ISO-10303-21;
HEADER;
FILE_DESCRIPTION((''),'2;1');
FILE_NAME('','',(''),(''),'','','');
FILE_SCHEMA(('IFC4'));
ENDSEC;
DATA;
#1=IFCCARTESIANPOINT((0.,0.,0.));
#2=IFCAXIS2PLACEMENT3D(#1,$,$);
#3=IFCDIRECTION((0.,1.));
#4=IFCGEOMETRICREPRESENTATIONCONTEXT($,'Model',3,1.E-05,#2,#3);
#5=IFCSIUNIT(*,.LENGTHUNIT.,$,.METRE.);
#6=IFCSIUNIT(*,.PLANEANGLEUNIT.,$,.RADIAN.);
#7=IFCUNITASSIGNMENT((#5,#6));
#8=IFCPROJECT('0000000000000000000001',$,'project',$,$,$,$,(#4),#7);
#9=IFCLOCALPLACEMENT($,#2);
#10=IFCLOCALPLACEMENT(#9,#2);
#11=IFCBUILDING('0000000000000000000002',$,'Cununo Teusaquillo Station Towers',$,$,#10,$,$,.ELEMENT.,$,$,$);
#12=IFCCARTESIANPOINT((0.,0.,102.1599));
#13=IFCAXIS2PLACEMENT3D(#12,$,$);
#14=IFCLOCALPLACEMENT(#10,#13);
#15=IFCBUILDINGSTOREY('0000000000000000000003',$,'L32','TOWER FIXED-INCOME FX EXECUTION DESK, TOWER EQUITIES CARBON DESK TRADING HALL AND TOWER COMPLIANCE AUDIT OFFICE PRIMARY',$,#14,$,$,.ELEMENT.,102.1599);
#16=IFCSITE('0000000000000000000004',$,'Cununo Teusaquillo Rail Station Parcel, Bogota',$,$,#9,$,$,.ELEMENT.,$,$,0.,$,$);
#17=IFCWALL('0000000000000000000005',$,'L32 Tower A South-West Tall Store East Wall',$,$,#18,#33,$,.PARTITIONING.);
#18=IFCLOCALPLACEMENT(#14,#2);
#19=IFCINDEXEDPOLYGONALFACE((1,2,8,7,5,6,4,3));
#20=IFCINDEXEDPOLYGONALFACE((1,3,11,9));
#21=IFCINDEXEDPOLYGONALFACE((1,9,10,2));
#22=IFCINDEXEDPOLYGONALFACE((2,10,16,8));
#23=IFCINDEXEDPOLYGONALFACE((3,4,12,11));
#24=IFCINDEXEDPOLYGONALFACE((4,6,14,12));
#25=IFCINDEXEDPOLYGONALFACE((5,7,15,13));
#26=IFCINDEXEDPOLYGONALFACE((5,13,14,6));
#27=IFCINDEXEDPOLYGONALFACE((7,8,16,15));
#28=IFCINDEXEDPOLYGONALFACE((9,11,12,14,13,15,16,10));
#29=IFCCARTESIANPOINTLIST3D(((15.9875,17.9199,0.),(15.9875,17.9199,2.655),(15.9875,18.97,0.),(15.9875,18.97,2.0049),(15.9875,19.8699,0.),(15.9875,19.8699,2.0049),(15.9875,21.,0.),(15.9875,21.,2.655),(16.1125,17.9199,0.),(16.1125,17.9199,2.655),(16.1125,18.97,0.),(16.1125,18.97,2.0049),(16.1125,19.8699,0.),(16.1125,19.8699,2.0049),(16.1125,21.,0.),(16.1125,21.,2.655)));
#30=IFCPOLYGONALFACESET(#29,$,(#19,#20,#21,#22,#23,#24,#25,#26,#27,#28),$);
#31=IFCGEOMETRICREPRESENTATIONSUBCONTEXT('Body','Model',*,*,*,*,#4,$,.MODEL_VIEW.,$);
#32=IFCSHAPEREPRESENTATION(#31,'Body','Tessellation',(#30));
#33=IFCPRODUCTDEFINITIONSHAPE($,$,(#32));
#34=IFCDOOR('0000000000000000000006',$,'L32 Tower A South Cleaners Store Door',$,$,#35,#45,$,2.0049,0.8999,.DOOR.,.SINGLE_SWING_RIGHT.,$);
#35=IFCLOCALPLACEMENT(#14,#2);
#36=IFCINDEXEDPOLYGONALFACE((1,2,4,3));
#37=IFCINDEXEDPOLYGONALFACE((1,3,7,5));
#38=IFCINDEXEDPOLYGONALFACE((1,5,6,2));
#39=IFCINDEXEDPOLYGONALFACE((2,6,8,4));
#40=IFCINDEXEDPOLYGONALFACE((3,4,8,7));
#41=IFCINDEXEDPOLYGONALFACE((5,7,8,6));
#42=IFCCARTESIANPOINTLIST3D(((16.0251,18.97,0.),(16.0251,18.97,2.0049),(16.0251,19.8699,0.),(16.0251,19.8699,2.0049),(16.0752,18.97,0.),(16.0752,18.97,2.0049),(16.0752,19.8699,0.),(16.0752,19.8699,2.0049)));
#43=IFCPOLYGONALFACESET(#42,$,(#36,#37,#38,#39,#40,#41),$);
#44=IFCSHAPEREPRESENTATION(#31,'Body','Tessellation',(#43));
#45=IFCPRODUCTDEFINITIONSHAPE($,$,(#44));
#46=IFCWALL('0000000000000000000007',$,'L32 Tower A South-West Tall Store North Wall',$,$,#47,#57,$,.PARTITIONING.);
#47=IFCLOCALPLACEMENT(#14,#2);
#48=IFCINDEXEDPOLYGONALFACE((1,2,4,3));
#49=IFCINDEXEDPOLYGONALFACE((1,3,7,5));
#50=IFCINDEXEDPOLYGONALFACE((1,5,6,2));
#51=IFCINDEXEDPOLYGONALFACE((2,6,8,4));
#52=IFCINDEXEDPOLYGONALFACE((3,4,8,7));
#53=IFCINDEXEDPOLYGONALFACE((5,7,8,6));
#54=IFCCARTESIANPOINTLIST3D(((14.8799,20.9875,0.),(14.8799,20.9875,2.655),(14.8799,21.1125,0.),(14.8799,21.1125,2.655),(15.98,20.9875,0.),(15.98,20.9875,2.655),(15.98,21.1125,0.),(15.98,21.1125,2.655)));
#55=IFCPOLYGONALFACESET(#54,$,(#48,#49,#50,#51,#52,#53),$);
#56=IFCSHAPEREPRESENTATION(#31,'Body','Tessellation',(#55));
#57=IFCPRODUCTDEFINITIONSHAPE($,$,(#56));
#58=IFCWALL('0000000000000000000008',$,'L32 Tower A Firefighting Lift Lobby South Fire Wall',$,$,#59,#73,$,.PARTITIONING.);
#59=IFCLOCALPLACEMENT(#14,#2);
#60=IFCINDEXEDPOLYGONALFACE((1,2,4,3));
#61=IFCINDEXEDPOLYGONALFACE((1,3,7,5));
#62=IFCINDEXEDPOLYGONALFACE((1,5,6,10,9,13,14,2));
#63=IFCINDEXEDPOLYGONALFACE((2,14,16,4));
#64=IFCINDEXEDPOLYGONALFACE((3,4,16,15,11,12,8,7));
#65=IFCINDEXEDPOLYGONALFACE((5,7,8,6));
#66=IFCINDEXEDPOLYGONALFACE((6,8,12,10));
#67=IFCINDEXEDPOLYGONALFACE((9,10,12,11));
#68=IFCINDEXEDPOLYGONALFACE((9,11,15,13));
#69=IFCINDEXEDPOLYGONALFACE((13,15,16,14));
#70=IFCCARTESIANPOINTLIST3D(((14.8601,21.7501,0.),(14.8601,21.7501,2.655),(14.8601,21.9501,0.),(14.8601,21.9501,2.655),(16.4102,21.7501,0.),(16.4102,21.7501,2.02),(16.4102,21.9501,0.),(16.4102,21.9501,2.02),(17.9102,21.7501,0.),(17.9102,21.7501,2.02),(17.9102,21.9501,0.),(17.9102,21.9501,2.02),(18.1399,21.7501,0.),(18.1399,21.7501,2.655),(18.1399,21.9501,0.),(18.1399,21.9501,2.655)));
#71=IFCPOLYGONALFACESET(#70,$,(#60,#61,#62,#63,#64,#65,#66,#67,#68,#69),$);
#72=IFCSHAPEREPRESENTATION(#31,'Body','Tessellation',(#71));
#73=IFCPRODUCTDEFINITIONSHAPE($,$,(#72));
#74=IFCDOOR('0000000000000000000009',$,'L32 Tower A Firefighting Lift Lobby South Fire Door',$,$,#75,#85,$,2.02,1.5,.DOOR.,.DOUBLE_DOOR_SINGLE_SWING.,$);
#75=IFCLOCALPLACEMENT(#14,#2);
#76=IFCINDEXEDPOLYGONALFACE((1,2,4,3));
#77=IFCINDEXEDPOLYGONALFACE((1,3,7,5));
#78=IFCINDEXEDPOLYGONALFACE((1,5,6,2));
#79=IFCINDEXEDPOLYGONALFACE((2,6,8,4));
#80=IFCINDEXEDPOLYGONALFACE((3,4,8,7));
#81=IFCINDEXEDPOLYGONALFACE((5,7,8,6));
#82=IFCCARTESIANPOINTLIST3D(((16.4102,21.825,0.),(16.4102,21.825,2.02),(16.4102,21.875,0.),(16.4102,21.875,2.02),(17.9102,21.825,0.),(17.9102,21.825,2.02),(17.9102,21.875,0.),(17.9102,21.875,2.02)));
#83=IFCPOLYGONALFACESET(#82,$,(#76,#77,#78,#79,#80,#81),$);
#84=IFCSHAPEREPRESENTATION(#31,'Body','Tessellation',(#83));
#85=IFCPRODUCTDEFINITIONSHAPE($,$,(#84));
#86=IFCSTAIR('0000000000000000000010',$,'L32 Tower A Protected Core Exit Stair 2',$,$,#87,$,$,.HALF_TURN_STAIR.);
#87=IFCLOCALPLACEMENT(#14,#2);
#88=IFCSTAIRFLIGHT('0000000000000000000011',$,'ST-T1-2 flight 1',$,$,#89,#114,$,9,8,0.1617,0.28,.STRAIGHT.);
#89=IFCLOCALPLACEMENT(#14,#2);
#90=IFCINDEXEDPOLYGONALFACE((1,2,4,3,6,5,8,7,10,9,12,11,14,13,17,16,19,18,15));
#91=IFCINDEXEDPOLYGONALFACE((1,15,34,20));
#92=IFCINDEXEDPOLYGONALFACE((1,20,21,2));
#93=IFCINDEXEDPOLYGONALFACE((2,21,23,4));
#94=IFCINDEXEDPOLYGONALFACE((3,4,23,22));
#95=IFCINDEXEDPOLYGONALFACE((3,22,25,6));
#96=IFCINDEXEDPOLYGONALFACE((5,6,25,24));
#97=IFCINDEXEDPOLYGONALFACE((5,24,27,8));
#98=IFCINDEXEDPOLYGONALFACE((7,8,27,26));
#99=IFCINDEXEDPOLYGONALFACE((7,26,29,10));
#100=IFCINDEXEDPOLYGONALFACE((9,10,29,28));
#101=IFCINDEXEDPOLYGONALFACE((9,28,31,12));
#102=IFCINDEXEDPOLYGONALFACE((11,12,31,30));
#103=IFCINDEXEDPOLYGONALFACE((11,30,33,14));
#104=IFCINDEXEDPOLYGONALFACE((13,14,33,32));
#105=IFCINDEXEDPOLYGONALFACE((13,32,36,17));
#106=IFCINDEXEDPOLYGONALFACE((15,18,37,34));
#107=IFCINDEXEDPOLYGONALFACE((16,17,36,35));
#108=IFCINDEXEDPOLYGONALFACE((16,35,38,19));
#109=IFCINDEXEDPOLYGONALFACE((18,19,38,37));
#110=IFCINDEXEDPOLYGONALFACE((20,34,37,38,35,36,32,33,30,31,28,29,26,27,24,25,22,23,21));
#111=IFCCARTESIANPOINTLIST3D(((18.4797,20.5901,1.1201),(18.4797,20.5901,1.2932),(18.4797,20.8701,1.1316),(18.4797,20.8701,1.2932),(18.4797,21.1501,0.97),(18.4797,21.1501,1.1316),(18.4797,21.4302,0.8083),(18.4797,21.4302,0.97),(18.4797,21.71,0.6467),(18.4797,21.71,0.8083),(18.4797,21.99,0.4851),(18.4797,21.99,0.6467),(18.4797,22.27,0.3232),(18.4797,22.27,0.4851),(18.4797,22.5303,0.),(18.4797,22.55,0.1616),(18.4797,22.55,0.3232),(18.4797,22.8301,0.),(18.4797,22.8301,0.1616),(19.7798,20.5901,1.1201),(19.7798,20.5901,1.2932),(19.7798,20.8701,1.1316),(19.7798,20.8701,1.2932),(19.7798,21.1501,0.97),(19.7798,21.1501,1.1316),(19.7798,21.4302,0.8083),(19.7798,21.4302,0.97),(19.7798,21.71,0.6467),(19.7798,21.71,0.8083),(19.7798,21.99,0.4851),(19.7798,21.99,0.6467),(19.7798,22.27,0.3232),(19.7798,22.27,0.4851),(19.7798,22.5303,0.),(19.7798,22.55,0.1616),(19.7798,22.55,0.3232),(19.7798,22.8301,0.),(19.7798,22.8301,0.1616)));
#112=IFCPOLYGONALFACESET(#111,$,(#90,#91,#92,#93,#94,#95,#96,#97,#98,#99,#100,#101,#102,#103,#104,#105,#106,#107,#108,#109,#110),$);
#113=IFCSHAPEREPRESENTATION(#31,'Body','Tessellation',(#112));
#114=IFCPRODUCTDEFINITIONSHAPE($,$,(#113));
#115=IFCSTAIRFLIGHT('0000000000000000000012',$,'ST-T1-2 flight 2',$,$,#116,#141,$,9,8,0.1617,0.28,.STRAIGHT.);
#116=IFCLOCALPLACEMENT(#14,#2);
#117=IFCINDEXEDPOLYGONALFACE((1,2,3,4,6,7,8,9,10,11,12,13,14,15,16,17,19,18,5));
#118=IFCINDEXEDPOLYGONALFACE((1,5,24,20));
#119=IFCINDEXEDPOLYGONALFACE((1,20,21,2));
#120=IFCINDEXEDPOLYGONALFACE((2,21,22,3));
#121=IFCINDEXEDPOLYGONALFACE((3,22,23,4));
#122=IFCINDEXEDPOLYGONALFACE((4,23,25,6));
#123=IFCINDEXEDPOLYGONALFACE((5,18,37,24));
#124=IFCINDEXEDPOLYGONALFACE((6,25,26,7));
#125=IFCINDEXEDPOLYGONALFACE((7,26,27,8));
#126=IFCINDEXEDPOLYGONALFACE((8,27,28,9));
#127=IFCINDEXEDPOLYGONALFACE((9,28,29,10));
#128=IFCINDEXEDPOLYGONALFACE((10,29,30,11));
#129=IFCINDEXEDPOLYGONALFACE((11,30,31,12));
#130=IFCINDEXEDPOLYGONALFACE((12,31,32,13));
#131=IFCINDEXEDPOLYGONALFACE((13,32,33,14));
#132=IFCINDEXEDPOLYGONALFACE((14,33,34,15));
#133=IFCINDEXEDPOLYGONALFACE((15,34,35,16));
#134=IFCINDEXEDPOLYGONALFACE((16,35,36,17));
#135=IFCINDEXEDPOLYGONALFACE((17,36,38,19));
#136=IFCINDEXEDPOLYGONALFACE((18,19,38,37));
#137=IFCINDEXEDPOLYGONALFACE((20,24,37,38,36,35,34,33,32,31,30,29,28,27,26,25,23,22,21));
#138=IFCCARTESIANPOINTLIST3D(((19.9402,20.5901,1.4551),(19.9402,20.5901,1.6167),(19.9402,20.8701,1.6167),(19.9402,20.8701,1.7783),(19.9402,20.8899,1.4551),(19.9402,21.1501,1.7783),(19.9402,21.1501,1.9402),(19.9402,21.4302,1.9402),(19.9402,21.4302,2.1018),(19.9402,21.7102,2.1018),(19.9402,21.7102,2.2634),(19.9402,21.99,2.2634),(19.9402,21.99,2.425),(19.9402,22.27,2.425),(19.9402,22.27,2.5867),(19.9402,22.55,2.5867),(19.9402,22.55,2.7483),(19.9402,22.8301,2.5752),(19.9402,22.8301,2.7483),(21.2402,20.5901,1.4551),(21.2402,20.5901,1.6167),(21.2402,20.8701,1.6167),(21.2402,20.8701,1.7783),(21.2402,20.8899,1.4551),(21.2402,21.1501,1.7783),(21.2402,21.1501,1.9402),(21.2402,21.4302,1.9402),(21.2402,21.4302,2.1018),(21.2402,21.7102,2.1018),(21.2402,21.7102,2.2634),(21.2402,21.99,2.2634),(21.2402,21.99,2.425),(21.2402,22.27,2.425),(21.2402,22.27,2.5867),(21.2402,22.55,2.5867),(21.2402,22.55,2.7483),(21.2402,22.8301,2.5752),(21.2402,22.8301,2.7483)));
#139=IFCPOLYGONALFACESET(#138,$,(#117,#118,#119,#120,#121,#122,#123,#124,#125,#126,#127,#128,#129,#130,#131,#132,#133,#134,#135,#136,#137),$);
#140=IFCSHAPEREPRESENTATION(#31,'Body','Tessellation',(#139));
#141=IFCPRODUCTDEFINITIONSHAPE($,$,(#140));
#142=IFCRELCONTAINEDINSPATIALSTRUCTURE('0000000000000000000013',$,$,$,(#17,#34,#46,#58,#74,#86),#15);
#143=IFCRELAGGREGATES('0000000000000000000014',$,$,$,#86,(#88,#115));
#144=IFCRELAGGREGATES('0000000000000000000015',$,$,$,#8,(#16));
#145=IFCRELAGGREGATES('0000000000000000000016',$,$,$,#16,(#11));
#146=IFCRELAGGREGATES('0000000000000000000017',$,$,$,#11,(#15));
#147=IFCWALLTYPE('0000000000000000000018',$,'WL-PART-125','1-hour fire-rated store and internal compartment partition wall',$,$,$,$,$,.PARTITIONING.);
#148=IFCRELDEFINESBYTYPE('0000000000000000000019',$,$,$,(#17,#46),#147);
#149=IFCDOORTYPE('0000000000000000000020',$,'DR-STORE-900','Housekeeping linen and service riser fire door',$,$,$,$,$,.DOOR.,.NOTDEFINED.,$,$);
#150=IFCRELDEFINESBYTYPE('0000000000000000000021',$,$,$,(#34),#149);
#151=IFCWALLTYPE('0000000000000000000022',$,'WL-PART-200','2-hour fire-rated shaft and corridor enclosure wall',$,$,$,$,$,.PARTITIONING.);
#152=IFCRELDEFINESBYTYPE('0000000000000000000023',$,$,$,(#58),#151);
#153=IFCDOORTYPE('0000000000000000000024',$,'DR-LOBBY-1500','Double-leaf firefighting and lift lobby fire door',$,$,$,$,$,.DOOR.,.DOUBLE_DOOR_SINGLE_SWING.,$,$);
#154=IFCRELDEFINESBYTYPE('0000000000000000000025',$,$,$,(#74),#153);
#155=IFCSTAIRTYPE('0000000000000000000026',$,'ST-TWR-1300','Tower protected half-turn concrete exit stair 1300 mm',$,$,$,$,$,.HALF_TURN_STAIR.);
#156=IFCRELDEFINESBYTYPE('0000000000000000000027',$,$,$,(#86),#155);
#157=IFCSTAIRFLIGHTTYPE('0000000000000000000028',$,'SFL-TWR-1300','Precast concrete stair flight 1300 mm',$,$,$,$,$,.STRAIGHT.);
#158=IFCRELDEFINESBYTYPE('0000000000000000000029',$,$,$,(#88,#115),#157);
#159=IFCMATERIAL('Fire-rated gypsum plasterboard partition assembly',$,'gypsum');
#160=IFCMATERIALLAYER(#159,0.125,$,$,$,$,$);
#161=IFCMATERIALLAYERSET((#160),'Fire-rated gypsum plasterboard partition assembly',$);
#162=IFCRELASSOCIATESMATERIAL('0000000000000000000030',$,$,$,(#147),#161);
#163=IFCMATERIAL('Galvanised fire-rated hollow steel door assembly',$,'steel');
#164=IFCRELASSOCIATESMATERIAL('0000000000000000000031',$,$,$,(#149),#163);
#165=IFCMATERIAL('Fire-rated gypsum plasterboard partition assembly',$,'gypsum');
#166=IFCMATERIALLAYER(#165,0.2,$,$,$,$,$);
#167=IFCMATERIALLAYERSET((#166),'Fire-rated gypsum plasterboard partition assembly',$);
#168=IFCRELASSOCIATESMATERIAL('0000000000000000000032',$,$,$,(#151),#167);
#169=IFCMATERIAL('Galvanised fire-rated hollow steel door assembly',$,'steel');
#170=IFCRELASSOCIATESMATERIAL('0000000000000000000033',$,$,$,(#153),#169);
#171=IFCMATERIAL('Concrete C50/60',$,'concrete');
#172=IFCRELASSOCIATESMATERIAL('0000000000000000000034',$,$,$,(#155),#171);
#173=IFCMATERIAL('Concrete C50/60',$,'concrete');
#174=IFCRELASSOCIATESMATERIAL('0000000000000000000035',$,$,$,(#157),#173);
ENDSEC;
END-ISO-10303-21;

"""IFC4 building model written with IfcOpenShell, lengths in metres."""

from ifc_helpers import new_model, si_unit, direction, frame, frame_2d, origin, place, context, subcontext, project, spatial, polyline, rectangle, outline, extrude, source, transform, mapped, material, layer, layer_set, type_object, element, fill, aggregate, save


model = new_model("IFC4")

# Units and contexts
model_context = context("Model", 3, precision=1e-05, world=origin(), true_north=direction((0.0, 1.0)))
body_context = subcontext(model_context, "Body", "Model", "MODEL_VIEW")
ifc_project = project(units=[si_unit("LENGTHUNIT", "METRE"), si_unit("PLANEANGLEUNIT", "RADIAN")], contexts=[model_context])

# Site, building, storey
site_placement = place(None, origin())
site = spatial("IfcSite", under=ifc_project, at=site_placement, Name="Cununo Teusaquillo Rail Station Parcel, Bogota", CompositionType="ELEMENT", RefElevation=0.0)
building_placement = place(site_placement, origin())
building = spatial("IfcBuilding", under=site, at=building_placement, Name="Cununo Teusaquillo Station Towers", CompositionType="ELEMENT")
storey_placement = place(building_placement, frame((0.0, 0.0, 102.1599)))
storey = spatial("IfcBuildingStorey", under=building, at=storey_placement, Name="L32", Description="TOWER FIXED-INCOME FX EXECUTION DESK, TOWER EQUITIES CARBON DESK TRADING HALL AND TOWER COMPLIANCE AUDIT OFFICE PRIMARY", CompositionType="ELEMENT", Elevation=102.1599)

# Wall, opening, door
ifc_material_1 = material(Name="Fire-rated gypsum plasterboard partition assembly", Category="gypsum")
ifc_layer_1 = layer(ifc_material_1, 0.125)
ifc_layer_set_1 = layer_set([ifc_layer_1], Name="Fire-rated gypsum plasterboard partition assembly")
wall_type_1 = type_object("IfcWallType", Name="WL-PART-125", Description="1-hour fire-rated store and internal compartment partition wall", PredefinedType="PARTITIONING", material=ifc_layer_set_1)
wall_1_placement = place(storey_placement, frame((16.05, 17.9199, 0.0), z_axis=(0.0, 0.0, 1.0), x_axis=(0.0, 1.0, 0.0)))
wall_1 = element("IfcWall", 1, at=wall_1_placement, inside=storey, type_object=wall_type_1, Name="L32 Tower A South-West Tall Store East Wall", PredefinedType="PARTITIONING", context=body_context, shape_type="SweptSolid", body=[
    extrude(rectangle(XDim=3.0801, YDim=0.125, at=frame_2d((1.54, 0.0))), origin(), (0.0, 0.0, 1.0), 2.655),
])
shared_shape_1 = source(origin(), body_context, "Body", "SweptSolid", [
    extrude(rectangle(XDim=0.8999, YDim=2.0049, at=frame_2d((0.45, 1.0024))), frame((0.0, 0.0725, 0.0), z_axis=(0.0, -1.0, 0.0), x_axis=(1.0, 0.0, 0.0)), (0.0, 0.0, 1.0), 0.145),
])
opening_1_placement = place(wall_1_placement, frame((1.05, 0.0, 0.0)))
opening_1 = element("IfcOpeningElement", 2, at=opening_1_placement, cuts=wall_1, PredefinedType="OPENING", context=body_context, shape_type="MappedRepresentation", body=[
    mapped(shared_shape_1, transform((0.0, 0.0, 0.0), x_axis=(1.0, 0.0, 0.0), y_axis=(0.0, 1.0, 0.0), z_axis=(0.0, 0.0, 1.0), scale=1.0)),
])
ifc_material_2 = material(Name="Galvanised fire-rated hollow steel door assembly", Category="steel")
door_type_1 = type_object("IfcDoorType", Name="DR-STORE-900", Description="Housekeeping linen and service riser fire door", OperationType="NOTDEFINED", PredefinedType="DOOR", material=ifc_material_2)
shared_shape_2 = source(origin(), body_context, "Body", "SweptSolid", [
    extrude(rectangle(XDim=0.8999, YDim=2.0049, at=frame_2d((0.45, 1.0024))), frame((0.0, 0.0249, 0.0), z_axis=(0.0, -1.0, 0.0), x_axis=(1.0, 0.0, 0.0)), (0.0, 0.0, 1.0), 0.05),
])
door_1_placement = place(opening_1_placement, origin())
door_1 = element("IfcDoor", 3, at=door_1_placement, inside=storey, type_object=door_type_1, Name="L32 Tower A South Cleaners Store Door", OperationType="SINGLE_SWING_RIGHT", OverallHeight=2.0049, OverallWidth=0.8999, PredefinedType="DOOR", context=body_context, shape_type="MappedRepresentation", body=[
    mapped(shared_shape_2, transform((0.0, 0.0, 0.0), x_axis=(1.0, 0.0, 0.0), y_axis=(0.0, 1.0, 0.0), z_axis=(0.0, 0.0, 1.0), scale=1.0)),
])
fill(opening_1, door_1)

# Wall
wall_2_placement = place(storey_placement, frame((14.8799, 21.05, 0.0), z_axis=(0.0, 0.0, 1.0), x_axis=(1.0, 0.0, 0.0)))
element("IfcWall", 4, at=wall_2_placement, inside=storey, type_object=wall_type_1, Name="L32 Tower A South-West Tall Store North Wall", PredefinedType="PARTITIONING", context=body_context, shape_type="SweptSolid", body=[
    extrude(rectangle(XDim=1.1001, YDim=0.125, at=frame_2d((0.55, 0.0))), origin(), (0.0, 0.0, 1.0), 2.655),
])

# Wall, opening, door
ifc_material_3 = material(Name="Fire-rated gypsum plasterboard partition assembly", Category="gypsum")
ifc_layer_2 = layer(ifc_material_3, 0.2)
ifc_layer_set_2 = layer_set([ifc_layer_2], Name="Fire-rated gypsum plasterboard partition assembly")
wall_type_2 = type_object("IfcWallType", Name="WL-PART-200", Description="2-hour fire-rated shaft and corridor enclosure wall", PredefinedType="PARTITIONING", material=ifc_layer_set_2)
wall_3_placement = place(storey_placement, frame((14.8601, 21.8501, 0.0), z_axis=(0.0, 0.0, 1.0), x_axis=(1.0, 0.0, 0.0)))
wall_3 = element("IfcWall", 5, at=wall_3_placement, inside=storey, type_object=wall_type_2, Name="L32 Tower A Firefighting Lift Lobby South Fire Wall", PredefinedType="PARTITIONING", context=body_context, shape_type="SweptSolid", body=[
    extrude(rectangle(XDim=3.2798, YDim=0.2, at=frame_2d((1.6399, 0.0))), origin(), (0.0, 0.0, 1.0), 2.655),
])
shared_shape_3 = source(origin(), body_context, "Body", "SweptSolid", [
    extrude(rectangle(XDim=1.5, YDim=2.02, at=frame_2d((0.75, 1.01))), frame((0.0, 0.1099, 0.0), z_axis=(0.0, -1.0, 0.0), x_axis=(1.0, 0.0, 0.0)), (0.0, 0.0, 1.0), 0.22),
])
opening_2_placement = place(wall_3_placement, frame((1.55, 0.0, 0.0)))
opening_2 = element("IfcOpeningElement", 6, at=opening_2_placement, cuts=wall_3, PredefinedType="OPENING", context=body_context, shape_type="MappedRepresentation", body=[
    mapped(shared_shape_3, transform((0.0, 0.0, 0.0), x_axis=(1.0, 0.0, 0.0), y_axis=(0.0, 1.0, 0.0), z_axis=(0.0, 0.0, 1.0), scale=1.0)),
])
ifc_material_4 = material(Name="Galvanised fire-rated hollow steel door assembly", Category="steel")
door_type_2 = type_object("IfcDoorType", Name="DR-LOBBY-1500", Description="Double-leaf firefighting and lift lobby fire door", OperationType="DOUBLE_DOOR_SINGLE_SWING", PredefinedType="DOOR", material=ifc_material_4)
shared_shape_4 = source(origin(), body_context, "Body", "SweptSolid", [
    extrude(rectangle(XDim=1.5, YDim=2.02, at=frame_2d((0.75, 1.01))), frame((0.0, 0.0249, 0.0), z_axis=(0.0, -1.0, 0.0), x_axis=(1.0, 0.0, 0.0)), (0.0, 0.0, 1.0), 0.05),
])
door_2_placement = place(opening_2_placement, origin())
door_2 = element("IfcDoor", 7, at=door_2_placement, inside=storey, type_object=door_type_2, Name="L32 Tower A Firefighting Lift Lobby South Fire Door", OperationType="DOUBLE_DOOR_SINGLE_SWING", OverallHeight=2.02, OverallWidth=1.5, PredefinedType="DOOR", context=body_context, shape_type="MappedRepresentation", body=[
    mapped(shared_shape_4, transform((0.0, 0.0, 0.0), x_axis=(1.0, 0.0, 0.0), y_axis=(0.0, 1.0, 0.0), z_axis=(0.0, 0.0, 1.0), scale=1.0)),
])
fill(opening_2, door_2)

# Stair, stair flights
ifc_material_5 = material(Name="Concrete C50/60", Category="concrete")
stair_type = type_object("IfcStairType", Name="ST-TWR-1300", Description="Tower protected half-turn concrete exit stair 1300 mm", PredefinedType="HALF_TURN_STAIR", material=ifc_material_5)
stair_placement = place(storey_placement, origin())
stair = element("IfcStair", 8, at=stair_placement, inside=storey, type_object=stair_type, Name="L32 Tower A Protected Core Exit Stair 2", PredefinedType="HALF_TURN_STAIR")
ifc_material_6 = material(Name="Concrete C50/60", Category="concrete")
stair_flight_type = type_object("IfcStairFlightType", Name="SFL-TWR-1300", Description="Precast concrete stair flight 1300 mm", PredefinedType="STRAIGHT", material=ifc_material_6)
stair_flight_1_placement = place(storey_placement, frame((19.1299, 22.8301, 0.0), z_axis=(0.0, 0.0, 1.0), x_axis=(0.0, -1.0, 0.0)))
stair_flight_1 = element("IfcStairFlight", 9, at=stair_flight_1_placement, type_object=stair_flight_type, Name="ST-T1-2 flight 1", NumberOfRisers=9, NumberOfTreads=8, PredefinedType="STRAIGHT", RiserHeight=0.1617, TreadLength=0.28, context=body_context, shape_type="SweptSolid", body=[
    extrude(outline(polyline([(0.0, 0.0), (0.0, 0.1616), (0.28, 0.1616), (0.28, 0.3232), (0.5601, 0.3232), (0.5601, 0.4851), (0.8401, 0.4851), (0.8401, 0.6467), (1.1201, 0.6467), (1.1201, 0.8083), (1.3999, 0.8083), (1.3999, 0.97), (1.6799, 0.97), (1.6799, 1.1316), (1.96, 1.1316), (1.96, 1.2932), (2.24, 1.2932), (2.24, 1.4551), (2.24, 1.1201), (0.2998, 0.0), (0.0, 0.0)])), frame((0.0, 0.6499, 0.0), z_axis=(0.0, -1.0, 0.0), x_axis=(1.0, 0.0, 0.0)), (0.0, 0.0, 1.0), 1.3),
])
stair_flight_2_placement = place(storey_placement, frame((20.5901, 20.5901, 1.4551), z_axis=(0.0, 0.0, 1.0), x_axis=(0.0, 1.0, 0.0)))
stair_flight_2 = element("IfcStairFlight", 10, at=stair_flight_2_placement, type_object=stair_flight_type, Name="ST-T1-2 flight 2", NumberOfRisers=9, NumberOfTreads=8, PredefinedType="STRAIGHT", RiserHeight=0.1617, TreadLength=0.28, context=body_context, shape_type="SweptSolid", body=[
    extrude(outline(polyline([(0.0, 0.0), (0.0, 0.1616), (0.28, 0.1616), (0.28, 0.3232), (0.5601, 0.3232), (0.5601, 0.4851), (0.8401, 0.4851), (0.8401, 0.6467), (1.1201, 0.6467), (1.1201, 0.8083), (1.3999, 0.8083), (1.3999, 0.97), (1.6799, 0.97), (1.6799, 1.1316), (1.96, 1.1316), (1.96, 1.2932), (2.24, 1.2932), (2.24, 1.4551), (2.24, 1.1201), (0.2998, 0.0), (0.0, 0.0)])), frame((0.0, 0.6499, 0.0), z_axis=(0.0, -1.0, 0.0), x_axis=(1.0, 0.0, 0.0)), (0.0, 0.0, 1.0), 1.3),
])
aggregate(stair, [stair_flight_1, stair_flight_2])

save(model, "model.ifc")
